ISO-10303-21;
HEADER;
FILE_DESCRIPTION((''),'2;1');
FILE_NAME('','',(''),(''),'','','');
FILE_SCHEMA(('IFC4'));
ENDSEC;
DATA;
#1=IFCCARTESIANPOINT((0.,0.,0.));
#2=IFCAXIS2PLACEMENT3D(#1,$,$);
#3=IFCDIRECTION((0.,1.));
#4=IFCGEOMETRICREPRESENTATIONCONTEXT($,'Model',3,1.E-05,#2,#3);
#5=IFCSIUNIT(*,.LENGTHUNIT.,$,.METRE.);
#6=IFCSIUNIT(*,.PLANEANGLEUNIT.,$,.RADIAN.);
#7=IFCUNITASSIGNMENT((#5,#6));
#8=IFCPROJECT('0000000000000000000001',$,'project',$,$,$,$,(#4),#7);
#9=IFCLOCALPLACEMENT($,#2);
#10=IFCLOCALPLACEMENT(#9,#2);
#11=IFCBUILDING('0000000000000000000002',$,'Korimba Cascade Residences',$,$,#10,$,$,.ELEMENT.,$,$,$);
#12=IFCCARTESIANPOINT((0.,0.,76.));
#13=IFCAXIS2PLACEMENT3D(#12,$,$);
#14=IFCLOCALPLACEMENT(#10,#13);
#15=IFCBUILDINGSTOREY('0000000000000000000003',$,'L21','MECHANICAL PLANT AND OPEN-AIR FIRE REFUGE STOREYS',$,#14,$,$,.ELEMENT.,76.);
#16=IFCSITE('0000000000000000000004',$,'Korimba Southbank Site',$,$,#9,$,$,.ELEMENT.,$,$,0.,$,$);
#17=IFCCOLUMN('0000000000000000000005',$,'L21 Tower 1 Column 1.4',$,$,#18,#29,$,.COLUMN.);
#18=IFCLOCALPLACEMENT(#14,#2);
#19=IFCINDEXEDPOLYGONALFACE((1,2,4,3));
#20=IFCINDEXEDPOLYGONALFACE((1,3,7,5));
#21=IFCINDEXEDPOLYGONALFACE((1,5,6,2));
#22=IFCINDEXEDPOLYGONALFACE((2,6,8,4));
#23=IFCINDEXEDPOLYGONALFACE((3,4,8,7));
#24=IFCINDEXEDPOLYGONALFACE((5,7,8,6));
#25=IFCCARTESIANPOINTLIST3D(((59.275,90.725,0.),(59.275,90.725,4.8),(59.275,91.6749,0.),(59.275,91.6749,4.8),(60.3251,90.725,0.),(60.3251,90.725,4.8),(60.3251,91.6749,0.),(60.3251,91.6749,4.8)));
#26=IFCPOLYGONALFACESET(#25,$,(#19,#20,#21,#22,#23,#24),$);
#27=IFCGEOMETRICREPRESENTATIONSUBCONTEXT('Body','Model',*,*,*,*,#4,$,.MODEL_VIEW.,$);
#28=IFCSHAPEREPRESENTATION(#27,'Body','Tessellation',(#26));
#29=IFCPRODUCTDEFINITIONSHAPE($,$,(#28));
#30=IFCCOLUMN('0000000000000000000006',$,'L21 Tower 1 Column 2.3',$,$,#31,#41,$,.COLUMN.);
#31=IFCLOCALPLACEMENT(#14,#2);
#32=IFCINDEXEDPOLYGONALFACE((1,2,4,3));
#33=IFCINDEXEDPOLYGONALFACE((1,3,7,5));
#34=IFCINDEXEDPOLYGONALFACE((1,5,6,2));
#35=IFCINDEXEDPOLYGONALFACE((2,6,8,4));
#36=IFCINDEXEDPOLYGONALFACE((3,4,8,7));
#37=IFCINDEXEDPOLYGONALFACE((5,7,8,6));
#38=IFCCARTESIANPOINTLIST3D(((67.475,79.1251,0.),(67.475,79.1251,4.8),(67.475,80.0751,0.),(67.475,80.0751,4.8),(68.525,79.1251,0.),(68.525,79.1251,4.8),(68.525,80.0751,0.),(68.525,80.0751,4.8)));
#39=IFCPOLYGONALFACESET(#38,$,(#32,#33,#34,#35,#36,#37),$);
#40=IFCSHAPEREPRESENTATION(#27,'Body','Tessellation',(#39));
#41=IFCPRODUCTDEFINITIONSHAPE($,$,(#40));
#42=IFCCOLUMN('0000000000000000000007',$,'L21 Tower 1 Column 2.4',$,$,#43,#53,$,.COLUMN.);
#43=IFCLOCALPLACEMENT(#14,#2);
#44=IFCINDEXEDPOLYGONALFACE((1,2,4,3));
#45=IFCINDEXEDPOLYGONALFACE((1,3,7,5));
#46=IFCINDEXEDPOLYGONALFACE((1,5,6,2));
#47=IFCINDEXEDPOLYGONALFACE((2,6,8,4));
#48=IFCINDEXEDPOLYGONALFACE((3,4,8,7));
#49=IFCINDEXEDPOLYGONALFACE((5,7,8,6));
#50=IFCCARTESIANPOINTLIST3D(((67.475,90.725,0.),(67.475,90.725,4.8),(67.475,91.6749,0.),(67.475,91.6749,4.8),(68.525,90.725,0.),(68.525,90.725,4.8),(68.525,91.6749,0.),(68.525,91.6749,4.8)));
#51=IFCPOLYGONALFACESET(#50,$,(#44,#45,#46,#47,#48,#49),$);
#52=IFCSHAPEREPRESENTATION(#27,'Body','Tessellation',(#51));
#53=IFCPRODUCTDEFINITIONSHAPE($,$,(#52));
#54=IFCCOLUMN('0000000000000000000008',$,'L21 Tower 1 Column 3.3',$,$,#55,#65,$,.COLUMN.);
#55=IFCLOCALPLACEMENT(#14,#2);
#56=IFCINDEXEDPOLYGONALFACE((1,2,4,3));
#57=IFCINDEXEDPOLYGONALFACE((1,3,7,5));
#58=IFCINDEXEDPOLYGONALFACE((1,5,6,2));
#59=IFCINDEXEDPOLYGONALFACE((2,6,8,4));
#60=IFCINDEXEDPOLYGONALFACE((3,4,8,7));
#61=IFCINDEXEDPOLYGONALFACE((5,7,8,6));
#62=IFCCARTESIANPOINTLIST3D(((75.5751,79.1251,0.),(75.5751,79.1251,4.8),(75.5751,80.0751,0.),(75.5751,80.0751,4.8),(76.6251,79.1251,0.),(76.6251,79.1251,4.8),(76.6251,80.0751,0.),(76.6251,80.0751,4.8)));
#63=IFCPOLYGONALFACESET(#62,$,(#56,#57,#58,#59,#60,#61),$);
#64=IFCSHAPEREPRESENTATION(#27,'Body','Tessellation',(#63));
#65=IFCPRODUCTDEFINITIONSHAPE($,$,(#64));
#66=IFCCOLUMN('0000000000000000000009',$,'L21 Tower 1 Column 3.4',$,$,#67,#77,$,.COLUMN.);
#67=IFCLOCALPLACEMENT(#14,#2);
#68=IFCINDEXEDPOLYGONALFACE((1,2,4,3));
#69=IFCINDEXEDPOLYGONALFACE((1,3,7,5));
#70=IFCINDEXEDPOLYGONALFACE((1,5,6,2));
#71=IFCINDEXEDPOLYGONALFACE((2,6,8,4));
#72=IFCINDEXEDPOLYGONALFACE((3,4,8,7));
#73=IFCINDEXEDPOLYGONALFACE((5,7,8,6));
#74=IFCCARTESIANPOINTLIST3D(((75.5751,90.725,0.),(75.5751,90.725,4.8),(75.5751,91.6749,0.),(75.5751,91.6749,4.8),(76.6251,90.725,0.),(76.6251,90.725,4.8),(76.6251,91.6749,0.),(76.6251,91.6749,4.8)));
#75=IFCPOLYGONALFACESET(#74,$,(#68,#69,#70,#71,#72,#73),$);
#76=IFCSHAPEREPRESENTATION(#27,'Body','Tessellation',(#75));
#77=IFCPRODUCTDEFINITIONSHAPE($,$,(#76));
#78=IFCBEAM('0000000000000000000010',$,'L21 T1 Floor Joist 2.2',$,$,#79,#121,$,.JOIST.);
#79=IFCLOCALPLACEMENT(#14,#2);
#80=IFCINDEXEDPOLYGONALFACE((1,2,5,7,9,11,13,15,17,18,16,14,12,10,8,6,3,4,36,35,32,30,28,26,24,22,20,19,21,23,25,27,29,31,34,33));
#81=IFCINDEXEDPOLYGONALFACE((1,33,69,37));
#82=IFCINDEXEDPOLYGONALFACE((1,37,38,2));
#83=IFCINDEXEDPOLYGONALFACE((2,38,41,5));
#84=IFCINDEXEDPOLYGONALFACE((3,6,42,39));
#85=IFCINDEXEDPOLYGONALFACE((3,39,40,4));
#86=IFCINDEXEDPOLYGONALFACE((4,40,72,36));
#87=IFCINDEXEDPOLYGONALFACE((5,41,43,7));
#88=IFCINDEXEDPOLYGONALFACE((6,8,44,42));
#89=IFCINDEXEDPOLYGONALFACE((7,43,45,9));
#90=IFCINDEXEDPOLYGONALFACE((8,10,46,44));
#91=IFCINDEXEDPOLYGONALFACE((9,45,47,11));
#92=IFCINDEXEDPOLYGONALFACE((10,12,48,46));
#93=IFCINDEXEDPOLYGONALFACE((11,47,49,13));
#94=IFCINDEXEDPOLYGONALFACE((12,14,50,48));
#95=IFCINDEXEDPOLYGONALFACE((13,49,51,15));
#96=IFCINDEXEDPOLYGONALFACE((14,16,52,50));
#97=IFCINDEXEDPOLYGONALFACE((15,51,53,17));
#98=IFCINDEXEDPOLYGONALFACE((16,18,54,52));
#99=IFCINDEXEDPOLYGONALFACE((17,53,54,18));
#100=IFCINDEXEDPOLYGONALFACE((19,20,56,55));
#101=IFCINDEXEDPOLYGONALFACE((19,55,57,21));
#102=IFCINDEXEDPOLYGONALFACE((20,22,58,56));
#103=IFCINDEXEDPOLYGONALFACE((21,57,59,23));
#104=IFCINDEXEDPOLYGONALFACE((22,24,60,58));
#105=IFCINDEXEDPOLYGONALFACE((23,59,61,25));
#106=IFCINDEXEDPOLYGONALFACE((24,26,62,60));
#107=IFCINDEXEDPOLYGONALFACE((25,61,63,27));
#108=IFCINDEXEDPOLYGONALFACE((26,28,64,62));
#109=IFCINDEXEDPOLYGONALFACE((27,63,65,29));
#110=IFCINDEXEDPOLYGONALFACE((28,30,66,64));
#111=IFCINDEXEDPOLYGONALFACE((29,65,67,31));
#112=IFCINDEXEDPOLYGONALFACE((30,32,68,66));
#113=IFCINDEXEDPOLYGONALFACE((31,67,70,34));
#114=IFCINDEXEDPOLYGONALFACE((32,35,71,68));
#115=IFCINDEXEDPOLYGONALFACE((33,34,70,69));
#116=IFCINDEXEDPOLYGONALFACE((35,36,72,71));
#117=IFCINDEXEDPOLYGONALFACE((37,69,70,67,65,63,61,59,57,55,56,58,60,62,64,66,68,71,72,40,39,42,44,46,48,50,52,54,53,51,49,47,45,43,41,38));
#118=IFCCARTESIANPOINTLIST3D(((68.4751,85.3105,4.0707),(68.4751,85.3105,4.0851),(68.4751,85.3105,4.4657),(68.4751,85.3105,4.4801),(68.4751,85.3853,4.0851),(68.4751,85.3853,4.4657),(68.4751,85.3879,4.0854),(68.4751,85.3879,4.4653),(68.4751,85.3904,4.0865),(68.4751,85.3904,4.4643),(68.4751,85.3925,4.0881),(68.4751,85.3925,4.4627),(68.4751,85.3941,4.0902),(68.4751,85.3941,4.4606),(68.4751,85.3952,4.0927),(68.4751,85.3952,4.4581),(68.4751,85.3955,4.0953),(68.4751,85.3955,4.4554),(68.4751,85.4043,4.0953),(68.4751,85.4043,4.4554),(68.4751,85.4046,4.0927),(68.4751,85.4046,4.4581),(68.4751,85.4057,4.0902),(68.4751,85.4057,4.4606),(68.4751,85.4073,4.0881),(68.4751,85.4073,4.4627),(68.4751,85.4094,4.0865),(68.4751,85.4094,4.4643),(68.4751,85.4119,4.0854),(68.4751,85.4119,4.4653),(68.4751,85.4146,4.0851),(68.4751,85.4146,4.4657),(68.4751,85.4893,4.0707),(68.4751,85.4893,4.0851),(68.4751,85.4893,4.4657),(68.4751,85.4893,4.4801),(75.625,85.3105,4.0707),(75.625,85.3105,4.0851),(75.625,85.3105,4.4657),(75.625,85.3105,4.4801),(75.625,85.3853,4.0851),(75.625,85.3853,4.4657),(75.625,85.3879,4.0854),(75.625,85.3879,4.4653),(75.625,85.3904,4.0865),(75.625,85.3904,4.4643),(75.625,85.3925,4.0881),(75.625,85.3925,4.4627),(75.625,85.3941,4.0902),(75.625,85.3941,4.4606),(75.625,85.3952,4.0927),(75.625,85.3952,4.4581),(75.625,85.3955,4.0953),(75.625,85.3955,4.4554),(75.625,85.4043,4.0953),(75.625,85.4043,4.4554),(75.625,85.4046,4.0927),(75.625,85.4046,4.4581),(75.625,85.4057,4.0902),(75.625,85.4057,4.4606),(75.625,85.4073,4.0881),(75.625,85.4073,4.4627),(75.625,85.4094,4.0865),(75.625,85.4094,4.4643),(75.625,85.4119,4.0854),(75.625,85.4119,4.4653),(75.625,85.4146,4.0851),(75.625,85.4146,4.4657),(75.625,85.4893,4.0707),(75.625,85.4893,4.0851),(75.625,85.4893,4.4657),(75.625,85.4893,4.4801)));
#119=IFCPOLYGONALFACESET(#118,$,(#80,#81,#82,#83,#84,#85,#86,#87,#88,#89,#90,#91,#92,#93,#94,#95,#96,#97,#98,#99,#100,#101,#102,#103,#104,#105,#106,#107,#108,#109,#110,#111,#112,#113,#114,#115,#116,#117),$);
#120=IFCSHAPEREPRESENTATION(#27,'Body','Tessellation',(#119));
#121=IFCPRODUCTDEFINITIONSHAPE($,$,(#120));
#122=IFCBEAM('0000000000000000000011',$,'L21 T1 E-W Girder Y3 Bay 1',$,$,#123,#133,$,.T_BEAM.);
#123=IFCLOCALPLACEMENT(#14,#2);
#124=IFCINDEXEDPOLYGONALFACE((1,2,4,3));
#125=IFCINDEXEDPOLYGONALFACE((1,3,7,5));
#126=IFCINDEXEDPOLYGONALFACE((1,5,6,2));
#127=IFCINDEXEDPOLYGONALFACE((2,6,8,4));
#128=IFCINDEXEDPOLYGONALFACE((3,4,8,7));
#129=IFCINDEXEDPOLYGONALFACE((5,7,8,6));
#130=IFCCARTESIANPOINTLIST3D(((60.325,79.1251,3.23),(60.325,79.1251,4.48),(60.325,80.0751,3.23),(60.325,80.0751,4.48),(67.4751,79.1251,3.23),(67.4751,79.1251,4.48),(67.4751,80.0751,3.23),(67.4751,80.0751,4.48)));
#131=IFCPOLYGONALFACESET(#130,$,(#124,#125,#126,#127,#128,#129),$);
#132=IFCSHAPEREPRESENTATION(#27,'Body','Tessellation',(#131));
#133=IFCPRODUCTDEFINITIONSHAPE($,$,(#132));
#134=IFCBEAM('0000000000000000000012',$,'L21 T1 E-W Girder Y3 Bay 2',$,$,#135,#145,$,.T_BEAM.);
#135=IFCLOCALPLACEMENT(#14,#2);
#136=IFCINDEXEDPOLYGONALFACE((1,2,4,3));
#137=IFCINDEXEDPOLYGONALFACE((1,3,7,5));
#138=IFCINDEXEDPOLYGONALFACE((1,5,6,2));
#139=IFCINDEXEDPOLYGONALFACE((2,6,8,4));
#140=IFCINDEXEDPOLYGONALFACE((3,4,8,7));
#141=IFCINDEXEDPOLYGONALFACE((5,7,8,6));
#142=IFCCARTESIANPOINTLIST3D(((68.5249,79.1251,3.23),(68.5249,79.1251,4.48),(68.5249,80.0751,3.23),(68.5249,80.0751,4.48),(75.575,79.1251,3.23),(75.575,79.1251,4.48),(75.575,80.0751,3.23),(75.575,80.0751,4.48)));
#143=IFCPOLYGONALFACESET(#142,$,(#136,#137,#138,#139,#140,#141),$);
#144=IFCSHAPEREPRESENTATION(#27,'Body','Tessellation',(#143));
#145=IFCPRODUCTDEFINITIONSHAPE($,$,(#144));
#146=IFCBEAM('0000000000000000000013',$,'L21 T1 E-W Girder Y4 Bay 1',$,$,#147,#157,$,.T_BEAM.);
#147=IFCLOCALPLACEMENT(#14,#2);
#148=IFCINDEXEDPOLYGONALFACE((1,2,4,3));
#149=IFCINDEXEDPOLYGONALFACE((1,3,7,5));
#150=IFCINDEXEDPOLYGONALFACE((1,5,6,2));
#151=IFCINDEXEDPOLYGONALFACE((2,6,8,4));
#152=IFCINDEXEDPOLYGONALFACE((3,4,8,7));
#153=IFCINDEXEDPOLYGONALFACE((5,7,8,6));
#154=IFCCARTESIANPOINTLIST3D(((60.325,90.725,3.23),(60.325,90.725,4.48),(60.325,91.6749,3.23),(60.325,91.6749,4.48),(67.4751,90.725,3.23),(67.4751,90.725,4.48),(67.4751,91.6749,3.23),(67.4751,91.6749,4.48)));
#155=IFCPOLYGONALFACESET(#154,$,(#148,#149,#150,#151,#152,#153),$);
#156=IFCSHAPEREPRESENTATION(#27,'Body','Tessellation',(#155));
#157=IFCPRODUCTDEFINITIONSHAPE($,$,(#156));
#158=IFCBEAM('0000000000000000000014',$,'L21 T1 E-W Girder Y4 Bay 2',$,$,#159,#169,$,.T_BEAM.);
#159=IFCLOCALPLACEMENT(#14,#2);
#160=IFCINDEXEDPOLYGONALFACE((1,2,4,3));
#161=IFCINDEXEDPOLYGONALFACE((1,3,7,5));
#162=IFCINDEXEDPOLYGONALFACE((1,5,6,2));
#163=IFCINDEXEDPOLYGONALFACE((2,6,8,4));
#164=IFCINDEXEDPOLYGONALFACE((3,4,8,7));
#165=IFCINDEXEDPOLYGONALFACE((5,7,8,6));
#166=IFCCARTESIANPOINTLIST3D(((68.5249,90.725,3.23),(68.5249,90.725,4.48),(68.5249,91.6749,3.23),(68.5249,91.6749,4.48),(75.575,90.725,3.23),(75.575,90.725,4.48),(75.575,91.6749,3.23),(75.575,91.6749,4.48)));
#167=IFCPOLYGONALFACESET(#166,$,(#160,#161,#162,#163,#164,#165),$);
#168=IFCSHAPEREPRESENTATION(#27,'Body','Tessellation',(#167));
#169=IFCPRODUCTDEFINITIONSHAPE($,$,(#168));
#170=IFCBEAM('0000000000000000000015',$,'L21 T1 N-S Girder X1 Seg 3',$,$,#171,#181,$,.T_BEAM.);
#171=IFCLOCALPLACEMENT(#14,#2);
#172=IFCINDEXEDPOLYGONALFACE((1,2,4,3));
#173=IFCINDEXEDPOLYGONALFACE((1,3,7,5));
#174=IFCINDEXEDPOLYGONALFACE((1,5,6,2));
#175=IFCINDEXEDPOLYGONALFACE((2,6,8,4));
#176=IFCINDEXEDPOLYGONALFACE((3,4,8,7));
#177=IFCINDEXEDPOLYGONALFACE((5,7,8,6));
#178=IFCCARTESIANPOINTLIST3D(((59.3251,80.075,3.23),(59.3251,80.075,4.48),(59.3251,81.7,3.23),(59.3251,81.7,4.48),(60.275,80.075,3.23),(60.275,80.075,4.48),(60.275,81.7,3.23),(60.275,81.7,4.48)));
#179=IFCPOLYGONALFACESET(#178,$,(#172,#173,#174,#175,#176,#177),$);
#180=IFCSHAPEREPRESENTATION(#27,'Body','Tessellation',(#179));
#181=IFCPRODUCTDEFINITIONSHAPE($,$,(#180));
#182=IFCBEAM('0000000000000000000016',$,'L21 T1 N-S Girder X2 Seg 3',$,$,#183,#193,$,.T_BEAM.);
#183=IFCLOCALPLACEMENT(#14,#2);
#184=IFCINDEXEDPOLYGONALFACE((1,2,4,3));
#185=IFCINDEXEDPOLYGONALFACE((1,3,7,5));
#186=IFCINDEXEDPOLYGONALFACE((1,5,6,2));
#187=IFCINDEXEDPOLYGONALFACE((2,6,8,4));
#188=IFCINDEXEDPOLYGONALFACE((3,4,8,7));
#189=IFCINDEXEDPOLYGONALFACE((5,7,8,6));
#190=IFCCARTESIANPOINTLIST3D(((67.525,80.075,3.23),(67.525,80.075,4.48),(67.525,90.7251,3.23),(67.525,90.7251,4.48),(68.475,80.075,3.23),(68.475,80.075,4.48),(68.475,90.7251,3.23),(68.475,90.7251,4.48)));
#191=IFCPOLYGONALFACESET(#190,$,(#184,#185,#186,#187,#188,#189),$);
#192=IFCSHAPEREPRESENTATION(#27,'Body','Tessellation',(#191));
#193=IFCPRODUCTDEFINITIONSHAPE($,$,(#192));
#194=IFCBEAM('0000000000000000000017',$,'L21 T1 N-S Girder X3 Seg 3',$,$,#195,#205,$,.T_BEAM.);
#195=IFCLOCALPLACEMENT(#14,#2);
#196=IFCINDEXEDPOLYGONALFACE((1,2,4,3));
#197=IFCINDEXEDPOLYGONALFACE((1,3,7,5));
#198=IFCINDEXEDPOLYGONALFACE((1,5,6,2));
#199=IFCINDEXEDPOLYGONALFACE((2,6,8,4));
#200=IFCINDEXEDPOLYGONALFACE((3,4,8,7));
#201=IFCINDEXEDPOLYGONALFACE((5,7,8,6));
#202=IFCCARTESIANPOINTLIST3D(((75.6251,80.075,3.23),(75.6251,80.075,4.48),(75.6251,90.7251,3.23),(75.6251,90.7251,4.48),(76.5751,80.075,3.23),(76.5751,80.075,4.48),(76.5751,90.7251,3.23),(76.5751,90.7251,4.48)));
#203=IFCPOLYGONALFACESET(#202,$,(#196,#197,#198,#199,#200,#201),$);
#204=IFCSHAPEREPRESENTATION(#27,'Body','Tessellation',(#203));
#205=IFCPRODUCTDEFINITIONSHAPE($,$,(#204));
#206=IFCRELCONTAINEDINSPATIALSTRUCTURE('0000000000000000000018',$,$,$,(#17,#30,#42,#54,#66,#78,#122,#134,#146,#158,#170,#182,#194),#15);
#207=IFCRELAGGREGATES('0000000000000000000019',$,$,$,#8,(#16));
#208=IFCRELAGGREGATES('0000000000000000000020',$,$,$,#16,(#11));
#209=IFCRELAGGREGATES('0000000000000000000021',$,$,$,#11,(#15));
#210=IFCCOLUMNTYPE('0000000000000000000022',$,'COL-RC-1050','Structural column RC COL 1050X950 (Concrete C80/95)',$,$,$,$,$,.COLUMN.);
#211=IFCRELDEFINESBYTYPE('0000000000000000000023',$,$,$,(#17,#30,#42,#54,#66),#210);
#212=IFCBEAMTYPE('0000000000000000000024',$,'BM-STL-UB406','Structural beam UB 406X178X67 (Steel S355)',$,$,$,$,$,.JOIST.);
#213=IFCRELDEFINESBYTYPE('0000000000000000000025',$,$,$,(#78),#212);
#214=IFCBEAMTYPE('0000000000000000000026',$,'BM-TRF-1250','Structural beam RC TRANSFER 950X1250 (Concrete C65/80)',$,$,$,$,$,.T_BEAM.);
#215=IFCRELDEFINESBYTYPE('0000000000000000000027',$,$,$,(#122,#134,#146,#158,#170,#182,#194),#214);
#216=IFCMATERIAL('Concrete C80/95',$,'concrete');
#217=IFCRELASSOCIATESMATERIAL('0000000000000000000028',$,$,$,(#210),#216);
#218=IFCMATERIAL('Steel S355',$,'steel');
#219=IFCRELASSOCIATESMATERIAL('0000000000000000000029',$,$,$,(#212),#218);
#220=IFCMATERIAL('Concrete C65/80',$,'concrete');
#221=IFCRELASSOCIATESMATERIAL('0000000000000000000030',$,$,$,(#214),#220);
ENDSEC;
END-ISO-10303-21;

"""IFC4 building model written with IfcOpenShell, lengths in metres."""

from ifc_helpers import new_model, si_unit, direction, frame, origin, origin_2d, place, context, subcontext, project, spatial, rectangle, i_section, extrude, material, material_profile, profile_set, type_object, element, save


model = new_model("IFC4")

# Units and contexts
model_context = context("Model", 3, precision=1e-05, world=origin(), true_north=direction((0.0, 1.0)))
body_context = subcontext(model_context, "Body", "Model", "MODEL_VIEW")
ifc_project = project(units=[si_unit("LENGTHUNIT", "METRE"), si_unit("PLANEANGLEUNIT", "RADIAN")], contexts=[model_context])

# Site, building, storey
site_placement = place(None, origin())
site = spatial("IfcSite", under=ifc_project, at=site_placement, Name="Korimba Southbank Site", CompositionType="ELEMENT", RefElevation=0.0)
building_placement = place(site_placement, origin())
building = spatial("IfcBuilding", under=site, at=building_placement, Name="Korimba Cascade Residences", CompositionType="ELEMENT")
storey_placement = place(building_placement, frame((0.0, 0.0, 76.0)))
storey = spatial("IfcBuildingStorey", under=building, at=storey_placement, Name="L21", Description="MECHANICAL PLANT AND OPEN-AIR FIRE REFUGE STOREYS", CompositionType="ELEMENT", Elevation=76.0)

# Columns
ifc_material_1 = material(Name="Concrete C80/95", Category="concrete")
ifc_material_profile_1 = material_profile(ifc_material_1, rectangle(XDim=1.05, YDim=0.95, at=origin_2d()), Name="Concrete C80/95")
ifc_profile_set_1 = profile_set([ifc_material_profile_1], Name="Concrete C80/95")
column_type = type_object("IfcColumnType", Name="COL-RC-1050", Description="Structural column RC COL 1050X950 (Concrete C80/95)", PredefinedType="COLUMN", material=ifc_profile_set_1)
for number, where, z_axis, x_axis, name in (
    (1, (59.8, 91.2, 0.0), (0.0, 0.0, 1.0), (1.0, 0.0, 0.0), "L21 Tower 1 Column 1.4"),
    (2, (68.0, 79.6001, 0.0), (0.0, 0.0, 1.0), (1.0, 0.0, 0.0), "L21 Tower 1 Column 2.3"),
    (3, (68.0, 91.2, 0.0), (0.0, 0.0, 1.0), (1.0, 0.0, 0.0), "L21 Tower 1 Column 2.4"),
    (4, (76.1001, 79.6001, 0.0), (0.0, 0.0, 1.0), (1.0, 0.0, 0.0), "L21 Tower 1 Column 3.3"),
    (5, (76.1001, 91.2, 0.0), (0.0, 0.0, 1.0), (1.0, 0.0, 0.0), "L21 Tower 1 Column 3.4"),
):
    element("IfcColumn", number, at=place(storey_placement, frame(where, z_axis=z_axis, x_axis=x_axis)), inside=storey, type_object=column_type, Name=name, PredefinedType="COLUMN", context=body_context, shape_type="SweptSolid", body=[
        extrude(rectangle(XDim=1.05, YDim=0.95, at=origin_2d()), origin(), (0.0, 0.0, 1.0), 4.8),
    ])

# Beams
ifc_material_2 = material(Name="Steel S355", Category="steel")
ifc_material_profile_2 = material_profile(ifc_material_2, i_section(OverallWidth=0.1787, OverallDepth=0.4094, WebThickness=0.0088, FlangeThickness=0.0144, FilletRadius=0.0103, at=origin_2d()), Name="Steel S355")
ifc_profile_set_2 = profile_set([ifc_material_profile_2], Name="Steel S355")
beam_type_1 = type_object("IfcBeamType", Name="BM-STL-UB406", Description="Structural beam UB 406X178X67 (Steel S355)", PredefinedType="JOIST", material=ifc_profile_set_2)
beam_1_placement = place(storey_placement, frame((68.4751, 85.3999, 4.2754), z_axis=(1.0, 0.0, 0.0), x_axis=(0.0, 1.0, 0.0)))
element("IfcBeam", 6, at=beam_1_placement, inside=storey, type_object=beam_type_1, Name="L21 T1 Floor Joist 2.2", PredefinedType="JOIST", context=body_context, shape_type="SweptSolid", body=[
    extrude(i_section(OverallWidth=0.1787, OverallDepth=0.4094, WebThickness=0.0088, FlangeThickness=0.0144, FilletRadius=0.0103, at=origin_2d()), origin(), (0.0, 0.0, 1.0), 7.1499),
])
ifc_material_3 = material(Name="Concrete C65/80", Category="concrete")
ifc_material_profile_3 = material_profile(ifc_material_3, rectangle(XDim=0.95, YDim=1.25, at=origin_2d()), Name="Concrete C65/80")
ifc_profile_set_3 = profile_set([ifc_material_profile_3], Name="Concrete C65/80")
beam_type_2 = type_object("IfcBeamType", Name="BM-TRF-1250", Description="Structural beam RC TRANSFER 950X1250 (Concrete C65/80)", PredefinedType="T_BEAM", material=ifc_profile_set_3)
beam_2_placement = place(storey_placement, frame((60.325, 79.6001, 3.855), z_axis=(1.0, 0.0, 0.0), x_axis=(0.0, 1.0, 0.0)))
element("IfcBeam", 7, at=beam_2_placement, inside=storey, type_object=beam_type_2, Name="L21 T1 E-W Girder Y3 Bay 1", PredefinedType="T_BEAM", context=body_context, shape_type="SweptSolid", body=[
    extrude(rectangle(XDim=0.95, YDim=1.25, at=origin_2d()), origin(), (0.0, 0.0, 1.0), 7.1501),
])
beam_3_placement = place(storey_placement, frame((68.5249, 79.6001, 3.855), z_axis=(1.0, 0.0, 0.0), x_axis=(0.0, 1.0, 0.0)))
element("IfcBeam", 8, at=beam_3_placement, inside=storey, type_object=beam_type_2, Name="L21 T1 E-W Girder Y3 Bay 2", PredefinedType="T_BEAM", context=body_context, shape_type="SweptSolid", body=[
    extrude(rectangle(XDim=0.95, YDim=1.25, at=origin_2d()), origin(), (0.0, 0.0, 1.0), 7.05),
])
beam_4_placement = place(storey_placement, frame((60.325, 91.2, 3.855), z_axis=(1.0, 0.0, 0.0), x_axis=(0.0, 1.0, 0.0)))
element("IfcBeam", 9, at=beam_4_placement, inside=storey, type_object=beam_type_2, Name="L21 T1 E-W Girder Y4 Bay 1", PredefinedType="T_BEAM", context=body_context, shape_type="SweptSolid", body=[
    extrude(rectangle(XDim=0.95, YDim=1.25, at=origin_2d()), origin(), (0.0, 0.0, 1.0), 7.1501),
])
beam_5_placement = place(storey_placement, frame((68.5249, 91.2, 3.855), z_axis=(1.0, 0.0, 0.0), x_axis=(0.0, 1.0, 0.0)))
element("IfcBeam", 10, at=beam_5_placement, inside=storey, type_object=beam_type_2, Name="L21 T1 E-W Girder Y4 Bay 2", PredefinedType="T_BEAM", context=body_context, shape_type="SweptSolid", body=[
    extrude(rectangle(XDim=0.95, YDim=1.25, at=origin_2d()), origin(), (0.0, 0.0, 1.0), 7.05),
])
beam_6_placement = place(storey_placement, frame((59.8, 80.075, 3.855), z_axis=(0.0, 1.0, 0.0), x_axis=(-1.0, 0.0, 0.0)))
element("IfcBeam", 11, at=beam_6_placement, inside=storey, type_object=beam_type_2, Name="L21 T1 N-S Girder X1 Seg 3", PredefinedType="T_BEAM", context=body_context, shape_type="SweptSolid", body=[
    extrude(rectangle(XDim=0.95, YDim=1.25, at=origin_2d()), origin(), (0.0, 0.0, 1.0), 1.625),
])
for number, where, z_axis, x_axis, name in (
    (12, (68.0, 80.075, 3.855), (0.0, 1.0, 0.0), (-1.0, 0.0, 0.0), "L21 T1 N-S Girder X2 Seg 3"),
    (13, (76.1001, 80.075, 3.855), (0.0, 1.0, 0.0), (-1.0, 0.0, 0.0), "L21 T1 N-S Girder X3 Seg 3"),
):
    element("IfcBeam", number, at=place(storey_placement, frame(where, z_axis=z_axis, x_axis=x_axis)), inside=storey, type_object=beam_type_2, Name=name, PredefinedType="T_BEAM", context=body_context, shape_type="SweptSolid", body=[
        extrude(rectangle(XDim=0.95, YDim=1.25, at=origin_2d()), origin(), (0.0, 0.0, 1.0), 10.6501),
    ])

save(model, "model.ifc")
